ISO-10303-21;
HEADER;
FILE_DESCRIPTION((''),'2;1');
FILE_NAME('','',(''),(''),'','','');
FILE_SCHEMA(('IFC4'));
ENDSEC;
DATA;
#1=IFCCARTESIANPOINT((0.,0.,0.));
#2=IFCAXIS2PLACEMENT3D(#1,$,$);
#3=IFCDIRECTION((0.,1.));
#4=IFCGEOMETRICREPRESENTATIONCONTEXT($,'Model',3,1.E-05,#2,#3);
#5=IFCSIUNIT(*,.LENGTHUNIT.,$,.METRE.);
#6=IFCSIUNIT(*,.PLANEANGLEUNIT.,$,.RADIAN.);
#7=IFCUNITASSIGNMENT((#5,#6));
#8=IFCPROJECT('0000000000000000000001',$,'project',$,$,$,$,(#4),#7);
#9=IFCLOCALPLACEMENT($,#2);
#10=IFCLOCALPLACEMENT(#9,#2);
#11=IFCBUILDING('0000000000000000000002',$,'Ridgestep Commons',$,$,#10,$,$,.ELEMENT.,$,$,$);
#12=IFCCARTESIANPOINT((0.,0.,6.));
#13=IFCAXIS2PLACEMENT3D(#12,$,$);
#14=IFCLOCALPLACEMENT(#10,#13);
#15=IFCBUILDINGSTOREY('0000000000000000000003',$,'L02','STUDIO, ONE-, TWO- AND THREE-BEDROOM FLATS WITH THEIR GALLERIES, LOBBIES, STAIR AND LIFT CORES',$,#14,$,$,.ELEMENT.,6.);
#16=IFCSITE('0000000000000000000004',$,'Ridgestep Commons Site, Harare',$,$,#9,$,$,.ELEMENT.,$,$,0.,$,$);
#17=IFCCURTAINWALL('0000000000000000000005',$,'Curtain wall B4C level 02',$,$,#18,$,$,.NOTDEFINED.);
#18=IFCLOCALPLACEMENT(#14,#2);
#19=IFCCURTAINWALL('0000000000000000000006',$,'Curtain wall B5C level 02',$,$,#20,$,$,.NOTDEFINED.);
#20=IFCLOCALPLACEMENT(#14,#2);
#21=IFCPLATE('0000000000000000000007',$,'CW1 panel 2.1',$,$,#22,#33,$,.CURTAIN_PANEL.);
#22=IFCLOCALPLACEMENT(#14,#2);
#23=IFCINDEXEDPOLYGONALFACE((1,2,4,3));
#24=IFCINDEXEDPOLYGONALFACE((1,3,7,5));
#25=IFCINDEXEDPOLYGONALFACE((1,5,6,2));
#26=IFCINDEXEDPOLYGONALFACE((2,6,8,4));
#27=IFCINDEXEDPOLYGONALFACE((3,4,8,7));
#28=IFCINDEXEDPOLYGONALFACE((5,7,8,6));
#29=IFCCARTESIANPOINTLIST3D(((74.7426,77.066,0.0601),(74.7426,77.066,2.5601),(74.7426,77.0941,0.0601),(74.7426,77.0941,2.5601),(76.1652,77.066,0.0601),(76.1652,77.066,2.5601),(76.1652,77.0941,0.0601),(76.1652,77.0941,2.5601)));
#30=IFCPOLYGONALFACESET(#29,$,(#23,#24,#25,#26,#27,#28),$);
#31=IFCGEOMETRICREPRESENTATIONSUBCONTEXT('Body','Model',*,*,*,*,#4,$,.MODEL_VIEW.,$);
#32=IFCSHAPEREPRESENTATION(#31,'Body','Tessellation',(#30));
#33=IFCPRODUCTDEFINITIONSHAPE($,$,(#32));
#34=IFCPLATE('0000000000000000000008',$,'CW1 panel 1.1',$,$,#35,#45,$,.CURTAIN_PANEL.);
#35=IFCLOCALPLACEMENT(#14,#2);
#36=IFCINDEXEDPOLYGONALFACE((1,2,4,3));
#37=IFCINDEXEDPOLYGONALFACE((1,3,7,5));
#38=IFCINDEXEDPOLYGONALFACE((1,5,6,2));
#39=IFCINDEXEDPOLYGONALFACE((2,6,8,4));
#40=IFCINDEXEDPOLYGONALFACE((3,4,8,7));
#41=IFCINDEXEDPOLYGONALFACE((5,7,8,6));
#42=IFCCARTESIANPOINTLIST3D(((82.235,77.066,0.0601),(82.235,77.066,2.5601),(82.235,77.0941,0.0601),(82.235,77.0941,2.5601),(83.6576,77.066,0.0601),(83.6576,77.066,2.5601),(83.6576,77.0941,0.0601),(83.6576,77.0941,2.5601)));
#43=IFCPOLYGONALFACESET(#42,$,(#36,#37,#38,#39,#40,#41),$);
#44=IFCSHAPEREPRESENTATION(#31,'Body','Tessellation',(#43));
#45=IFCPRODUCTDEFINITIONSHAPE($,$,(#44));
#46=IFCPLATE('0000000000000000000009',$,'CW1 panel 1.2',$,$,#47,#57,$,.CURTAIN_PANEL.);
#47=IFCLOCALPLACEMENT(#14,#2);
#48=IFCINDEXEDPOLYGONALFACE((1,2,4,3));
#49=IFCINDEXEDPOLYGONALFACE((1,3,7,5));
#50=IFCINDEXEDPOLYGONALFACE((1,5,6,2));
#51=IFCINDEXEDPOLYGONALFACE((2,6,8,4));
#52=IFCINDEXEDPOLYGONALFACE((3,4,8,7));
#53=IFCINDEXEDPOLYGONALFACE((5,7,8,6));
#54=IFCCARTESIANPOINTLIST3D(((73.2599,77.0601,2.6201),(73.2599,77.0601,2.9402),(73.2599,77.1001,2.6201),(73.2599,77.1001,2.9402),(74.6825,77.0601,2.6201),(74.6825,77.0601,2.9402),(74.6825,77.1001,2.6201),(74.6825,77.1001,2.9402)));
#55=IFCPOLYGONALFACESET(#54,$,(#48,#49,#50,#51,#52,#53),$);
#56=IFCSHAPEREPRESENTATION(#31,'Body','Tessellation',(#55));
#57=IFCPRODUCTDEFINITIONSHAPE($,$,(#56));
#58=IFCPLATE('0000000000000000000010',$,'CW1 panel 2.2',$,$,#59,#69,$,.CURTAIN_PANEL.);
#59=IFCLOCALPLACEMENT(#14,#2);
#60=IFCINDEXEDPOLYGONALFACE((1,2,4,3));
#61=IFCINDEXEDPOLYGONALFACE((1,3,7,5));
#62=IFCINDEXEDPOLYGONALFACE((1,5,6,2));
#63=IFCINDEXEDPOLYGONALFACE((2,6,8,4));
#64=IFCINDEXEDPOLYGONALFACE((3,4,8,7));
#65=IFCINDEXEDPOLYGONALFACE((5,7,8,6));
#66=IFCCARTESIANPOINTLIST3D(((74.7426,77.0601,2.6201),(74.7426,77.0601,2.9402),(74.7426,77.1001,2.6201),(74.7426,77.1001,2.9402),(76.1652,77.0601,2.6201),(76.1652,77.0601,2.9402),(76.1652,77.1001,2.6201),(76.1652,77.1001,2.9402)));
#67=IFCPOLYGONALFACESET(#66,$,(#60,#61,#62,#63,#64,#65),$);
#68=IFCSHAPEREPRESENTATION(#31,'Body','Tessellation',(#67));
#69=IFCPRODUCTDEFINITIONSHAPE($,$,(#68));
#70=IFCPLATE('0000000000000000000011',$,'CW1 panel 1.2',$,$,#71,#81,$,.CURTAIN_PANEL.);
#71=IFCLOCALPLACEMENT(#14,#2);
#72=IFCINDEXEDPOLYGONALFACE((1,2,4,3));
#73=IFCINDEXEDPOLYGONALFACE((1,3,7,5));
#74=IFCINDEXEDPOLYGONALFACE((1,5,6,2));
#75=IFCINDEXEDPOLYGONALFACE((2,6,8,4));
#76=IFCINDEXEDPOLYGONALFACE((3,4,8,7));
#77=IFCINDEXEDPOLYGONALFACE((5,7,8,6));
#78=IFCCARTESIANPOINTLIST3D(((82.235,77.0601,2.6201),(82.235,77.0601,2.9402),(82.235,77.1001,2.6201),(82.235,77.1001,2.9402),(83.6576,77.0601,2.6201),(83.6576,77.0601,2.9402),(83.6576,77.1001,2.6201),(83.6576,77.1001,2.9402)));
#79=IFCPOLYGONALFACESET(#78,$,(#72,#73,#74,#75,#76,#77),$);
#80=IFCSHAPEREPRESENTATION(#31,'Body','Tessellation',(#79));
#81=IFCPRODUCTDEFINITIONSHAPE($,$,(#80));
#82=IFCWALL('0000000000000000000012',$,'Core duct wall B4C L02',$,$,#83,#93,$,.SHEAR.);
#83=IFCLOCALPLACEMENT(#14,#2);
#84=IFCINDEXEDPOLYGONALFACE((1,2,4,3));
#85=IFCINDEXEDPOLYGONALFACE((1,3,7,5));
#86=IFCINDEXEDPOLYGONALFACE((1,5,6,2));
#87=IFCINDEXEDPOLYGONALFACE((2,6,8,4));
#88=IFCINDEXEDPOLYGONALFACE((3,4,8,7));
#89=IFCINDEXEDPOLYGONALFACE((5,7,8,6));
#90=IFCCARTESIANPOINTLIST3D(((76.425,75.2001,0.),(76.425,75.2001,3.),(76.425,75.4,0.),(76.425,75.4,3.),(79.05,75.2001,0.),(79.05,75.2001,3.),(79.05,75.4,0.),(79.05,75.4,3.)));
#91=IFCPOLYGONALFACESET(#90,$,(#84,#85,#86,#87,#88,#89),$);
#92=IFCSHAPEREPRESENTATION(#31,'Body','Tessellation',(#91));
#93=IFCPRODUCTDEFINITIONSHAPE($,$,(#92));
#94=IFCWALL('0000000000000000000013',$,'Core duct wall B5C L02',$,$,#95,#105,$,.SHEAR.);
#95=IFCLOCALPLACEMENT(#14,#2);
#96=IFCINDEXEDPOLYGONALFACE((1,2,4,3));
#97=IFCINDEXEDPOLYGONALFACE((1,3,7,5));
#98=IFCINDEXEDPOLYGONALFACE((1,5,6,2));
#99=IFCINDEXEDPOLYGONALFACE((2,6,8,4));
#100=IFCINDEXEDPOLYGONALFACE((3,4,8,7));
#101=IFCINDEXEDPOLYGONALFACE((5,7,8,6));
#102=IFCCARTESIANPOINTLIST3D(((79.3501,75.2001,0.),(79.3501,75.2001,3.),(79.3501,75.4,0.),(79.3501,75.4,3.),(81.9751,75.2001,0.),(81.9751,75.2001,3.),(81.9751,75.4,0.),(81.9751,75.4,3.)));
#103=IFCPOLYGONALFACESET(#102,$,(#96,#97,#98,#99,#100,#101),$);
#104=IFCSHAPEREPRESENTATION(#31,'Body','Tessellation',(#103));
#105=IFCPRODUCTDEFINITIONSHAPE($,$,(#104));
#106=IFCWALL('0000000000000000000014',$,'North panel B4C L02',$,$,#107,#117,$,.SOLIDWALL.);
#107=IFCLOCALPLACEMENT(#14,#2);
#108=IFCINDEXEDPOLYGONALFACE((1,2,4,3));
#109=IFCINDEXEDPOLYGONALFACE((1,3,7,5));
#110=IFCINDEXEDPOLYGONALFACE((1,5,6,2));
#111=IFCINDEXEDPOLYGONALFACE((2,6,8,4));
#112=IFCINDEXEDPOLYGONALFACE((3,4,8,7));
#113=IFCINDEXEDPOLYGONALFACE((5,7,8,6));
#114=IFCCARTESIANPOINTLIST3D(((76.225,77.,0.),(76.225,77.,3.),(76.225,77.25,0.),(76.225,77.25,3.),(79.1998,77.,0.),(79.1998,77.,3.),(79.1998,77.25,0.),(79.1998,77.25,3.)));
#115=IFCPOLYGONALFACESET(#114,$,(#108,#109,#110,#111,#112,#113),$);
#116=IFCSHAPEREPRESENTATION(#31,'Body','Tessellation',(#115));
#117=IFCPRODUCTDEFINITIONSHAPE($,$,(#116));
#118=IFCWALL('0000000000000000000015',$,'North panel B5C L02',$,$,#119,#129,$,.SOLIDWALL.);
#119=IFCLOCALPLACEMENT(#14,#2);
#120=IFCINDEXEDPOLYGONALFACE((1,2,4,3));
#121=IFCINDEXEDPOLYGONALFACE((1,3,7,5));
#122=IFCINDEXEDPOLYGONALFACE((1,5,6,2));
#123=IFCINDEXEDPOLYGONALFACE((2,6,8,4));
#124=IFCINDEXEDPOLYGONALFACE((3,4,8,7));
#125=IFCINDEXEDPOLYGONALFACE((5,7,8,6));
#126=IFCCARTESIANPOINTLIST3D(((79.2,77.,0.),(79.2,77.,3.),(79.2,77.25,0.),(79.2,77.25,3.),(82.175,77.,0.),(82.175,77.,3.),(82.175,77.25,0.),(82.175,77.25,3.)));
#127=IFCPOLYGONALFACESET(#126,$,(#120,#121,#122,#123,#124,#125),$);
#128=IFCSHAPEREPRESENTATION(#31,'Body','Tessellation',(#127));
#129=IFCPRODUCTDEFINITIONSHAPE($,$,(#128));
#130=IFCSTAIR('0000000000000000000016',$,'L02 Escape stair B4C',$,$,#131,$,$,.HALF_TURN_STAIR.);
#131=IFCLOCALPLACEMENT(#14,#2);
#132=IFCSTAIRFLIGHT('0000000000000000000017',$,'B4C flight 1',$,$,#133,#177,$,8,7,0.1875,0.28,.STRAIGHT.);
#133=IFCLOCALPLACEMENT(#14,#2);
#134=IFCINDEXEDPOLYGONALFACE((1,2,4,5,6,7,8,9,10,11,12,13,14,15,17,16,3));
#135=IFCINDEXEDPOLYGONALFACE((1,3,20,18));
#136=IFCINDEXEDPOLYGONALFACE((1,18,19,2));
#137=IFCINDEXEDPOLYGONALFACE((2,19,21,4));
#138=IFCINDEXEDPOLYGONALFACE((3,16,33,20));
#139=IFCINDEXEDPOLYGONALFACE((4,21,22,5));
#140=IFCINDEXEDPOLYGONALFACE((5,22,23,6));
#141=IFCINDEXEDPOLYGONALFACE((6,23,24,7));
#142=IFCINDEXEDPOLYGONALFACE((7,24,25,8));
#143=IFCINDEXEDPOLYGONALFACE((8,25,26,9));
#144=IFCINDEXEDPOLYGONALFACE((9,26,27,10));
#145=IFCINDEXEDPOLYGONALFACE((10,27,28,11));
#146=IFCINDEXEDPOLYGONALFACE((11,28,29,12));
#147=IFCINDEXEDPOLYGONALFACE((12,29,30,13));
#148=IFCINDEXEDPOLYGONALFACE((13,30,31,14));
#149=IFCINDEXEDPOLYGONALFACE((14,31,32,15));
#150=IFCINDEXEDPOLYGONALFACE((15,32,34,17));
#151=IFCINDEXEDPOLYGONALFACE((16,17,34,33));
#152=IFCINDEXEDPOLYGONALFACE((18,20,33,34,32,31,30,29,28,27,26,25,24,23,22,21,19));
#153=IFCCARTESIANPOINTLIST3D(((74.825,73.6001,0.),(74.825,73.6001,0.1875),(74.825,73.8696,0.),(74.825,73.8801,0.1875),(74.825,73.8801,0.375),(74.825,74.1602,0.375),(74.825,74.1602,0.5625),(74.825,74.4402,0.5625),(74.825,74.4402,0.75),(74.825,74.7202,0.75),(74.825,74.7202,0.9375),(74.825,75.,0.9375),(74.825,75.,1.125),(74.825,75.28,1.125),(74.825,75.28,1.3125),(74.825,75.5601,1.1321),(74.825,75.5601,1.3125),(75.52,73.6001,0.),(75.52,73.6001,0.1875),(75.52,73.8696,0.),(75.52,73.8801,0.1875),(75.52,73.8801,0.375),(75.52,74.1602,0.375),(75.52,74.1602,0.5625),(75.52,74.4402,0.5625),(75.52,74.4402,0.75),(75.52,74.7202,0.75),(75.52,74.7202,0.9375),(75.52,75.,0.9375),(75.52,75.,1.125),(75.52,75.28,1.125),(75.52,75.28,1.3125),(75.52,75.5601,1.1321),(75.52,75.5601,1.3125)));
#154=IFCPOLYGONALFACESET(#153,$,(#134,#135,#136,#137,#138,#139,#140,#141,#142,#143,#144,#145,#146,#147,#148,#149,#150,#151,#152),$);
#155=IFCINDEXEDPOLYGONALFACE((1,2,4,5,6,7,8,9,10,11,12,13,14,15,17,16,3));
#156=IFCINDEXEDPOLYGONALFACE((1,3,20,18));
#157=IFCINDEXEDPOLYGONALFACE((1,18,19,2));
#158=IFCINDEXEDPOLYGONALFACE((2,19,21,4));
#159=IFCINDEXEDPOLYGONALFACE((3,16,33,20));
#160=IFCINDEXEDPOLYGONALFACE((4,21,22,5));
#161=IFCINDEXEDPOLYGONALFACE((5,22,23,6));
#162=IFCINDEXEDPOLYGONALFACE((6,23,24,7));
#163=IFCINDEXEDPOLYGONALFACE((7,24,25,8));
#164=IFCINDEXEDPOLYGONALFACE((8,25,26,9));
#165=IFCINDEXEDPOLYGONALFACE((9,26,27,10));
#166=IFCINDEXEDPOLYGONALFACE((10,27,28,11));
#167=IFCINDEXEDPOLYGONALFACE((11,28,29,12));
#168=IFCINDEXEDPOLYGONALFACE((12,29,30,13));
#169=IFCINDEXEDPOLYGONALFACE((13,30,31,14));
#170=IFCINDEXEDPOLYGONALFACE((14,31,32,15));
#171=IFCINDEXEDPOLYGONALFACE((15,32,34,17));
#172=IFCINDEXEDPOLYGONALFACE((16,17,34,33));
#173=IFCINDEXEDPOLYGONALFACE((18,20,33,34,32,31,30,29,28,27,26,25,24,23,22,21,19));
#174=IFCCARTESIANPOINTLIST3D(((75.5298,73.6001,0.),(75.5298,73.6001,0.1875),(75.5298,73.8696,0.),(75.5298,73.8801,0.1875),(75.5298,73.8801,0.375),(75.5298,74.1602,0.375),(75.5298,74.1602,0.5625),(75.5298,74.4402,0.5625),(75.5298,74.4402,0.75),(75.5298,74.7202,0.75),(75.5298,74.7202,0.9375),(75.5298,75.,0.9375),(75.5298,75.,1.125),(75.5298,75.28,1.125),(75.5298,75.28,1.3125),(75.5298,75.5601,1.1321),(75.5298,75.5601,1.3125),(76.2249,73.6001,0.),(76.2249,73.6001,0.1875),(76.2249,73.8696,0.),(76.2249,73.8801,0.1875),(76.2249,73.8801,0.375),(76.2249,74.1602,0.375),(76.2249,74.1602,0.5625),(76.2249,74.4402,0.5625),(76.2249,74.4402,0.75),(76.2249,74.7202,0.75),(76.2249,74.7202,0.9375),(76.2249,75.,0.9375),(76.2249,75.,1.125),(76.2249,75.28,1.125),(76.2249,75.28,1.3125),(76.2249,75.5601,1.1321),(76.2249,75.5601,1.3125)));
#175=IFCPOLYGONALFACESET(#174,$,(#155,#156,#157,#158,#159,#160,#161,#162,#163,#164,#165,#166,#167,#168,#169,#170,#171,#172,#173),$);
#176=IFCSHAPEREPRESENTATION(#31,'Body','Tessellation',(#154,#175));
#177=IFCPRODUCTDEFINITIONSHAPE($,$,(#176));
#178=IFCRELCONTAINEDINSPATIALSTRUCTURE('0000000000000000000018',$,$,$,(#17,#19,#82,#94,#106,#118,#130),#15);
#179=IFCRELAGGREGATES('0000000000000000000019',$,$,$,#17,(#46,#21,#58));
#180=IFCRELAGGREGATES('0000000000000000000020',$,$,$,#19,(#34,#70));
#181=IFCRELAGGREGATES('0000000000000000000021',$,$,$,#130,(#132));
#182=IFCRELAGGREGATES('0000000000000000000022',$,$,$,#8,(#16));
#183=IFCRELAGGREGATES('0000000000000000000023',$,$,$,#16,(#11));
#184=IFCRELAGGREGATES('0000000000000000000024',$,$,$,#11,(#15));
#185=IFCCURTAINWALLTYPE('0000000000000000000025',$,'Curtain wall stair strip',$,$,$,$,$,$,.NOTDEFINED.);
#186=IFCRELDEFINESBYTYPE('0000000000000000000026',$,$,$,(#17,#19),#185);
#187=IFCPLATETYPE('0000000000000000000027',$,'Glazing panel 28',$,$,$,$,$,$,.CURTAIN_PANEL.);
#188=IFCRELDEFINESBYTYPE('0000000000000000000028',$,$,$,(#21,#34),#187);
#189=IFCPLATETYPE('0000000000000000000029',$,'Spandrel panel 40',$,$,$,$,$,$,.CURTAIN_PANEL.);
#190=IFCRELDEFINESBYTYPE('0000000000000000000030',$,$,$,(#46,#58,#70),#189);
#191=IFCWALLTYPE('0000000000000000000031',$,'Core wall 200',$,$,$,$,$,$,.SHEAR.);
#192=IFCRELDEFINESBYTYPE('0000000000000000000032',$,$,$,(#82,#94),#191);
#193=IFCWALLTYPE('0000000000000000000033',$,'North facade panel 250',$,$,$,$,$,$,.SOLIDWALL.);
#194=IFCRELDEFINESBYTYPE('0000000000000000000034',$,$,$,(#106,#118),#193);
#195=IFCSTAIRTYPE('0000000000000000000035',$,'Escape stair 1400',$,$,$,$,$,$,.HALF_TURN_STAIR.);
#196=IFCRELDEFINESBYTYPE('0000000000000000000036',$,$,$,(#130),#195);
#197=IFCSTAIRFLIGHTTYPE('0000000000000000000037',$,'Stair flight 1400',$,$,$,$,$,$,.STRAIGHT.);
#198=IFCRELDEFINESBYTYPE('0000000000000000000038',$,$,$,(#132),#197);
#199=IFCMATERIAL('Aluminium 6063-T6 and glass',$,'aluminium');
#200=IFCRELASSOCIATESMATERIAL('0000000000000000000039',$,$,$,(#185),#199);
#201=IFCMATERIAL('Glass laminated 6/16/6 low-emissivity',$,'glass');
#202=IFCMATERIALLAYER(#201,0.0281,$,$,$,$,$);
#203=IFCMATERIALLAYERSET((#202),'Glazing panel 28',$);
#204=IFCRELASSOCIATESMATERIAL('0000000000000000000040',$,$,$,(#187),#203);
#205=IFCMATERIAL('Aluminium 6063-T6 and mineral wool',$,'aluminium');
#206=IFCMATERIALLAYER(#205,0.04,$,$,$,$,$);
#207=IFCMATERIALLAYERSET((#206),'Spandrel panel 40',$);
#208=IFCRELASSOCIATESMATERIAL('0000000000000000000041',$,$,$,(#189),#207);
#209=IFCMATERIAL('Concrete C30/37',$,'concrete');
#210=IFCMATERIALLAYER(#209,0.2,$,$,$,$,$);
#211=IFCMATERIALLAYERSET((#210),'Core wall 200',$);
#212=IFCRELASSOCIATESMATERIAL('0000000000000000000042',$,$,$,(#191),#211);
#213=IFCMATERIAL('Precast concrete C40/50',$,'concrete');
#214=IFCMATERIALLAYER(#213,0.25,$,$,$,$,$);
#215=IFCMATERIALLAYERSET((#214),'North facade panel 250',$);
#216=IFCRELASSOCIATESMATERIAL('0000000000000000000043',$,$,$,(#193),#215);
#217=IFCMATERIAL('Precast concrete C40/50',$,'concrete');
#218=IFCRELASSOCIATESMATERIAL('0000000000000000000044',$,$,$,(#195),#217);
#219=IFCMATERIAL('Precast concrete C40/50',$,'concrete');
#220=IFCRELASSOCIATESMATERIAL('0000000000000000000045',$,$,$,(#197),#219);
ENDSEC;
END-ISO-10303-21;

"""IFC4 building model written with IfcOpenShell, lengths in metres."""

from ifc_helpers import new_model, si_unit, direction, frame, frame_2d, origin, origin_2d, place, context, subcontext, project, spatial, polyline, rectangle, outline, extrude, material, layer, layer_set, type_object, element, aggregate, save


model = new_model("IFC4")

# Units and contexts
model_context = context("Model", 3, precision=1e-05, world=origin(), true_north=direction((0.0, 1.0)))
body_context = subcontext(model_context, "Body", "Model", "MODEL_VIEW")
ifc_project = project(units=[si_unit("LENGTHUNIT", "METRE"), si_unit("PLANEANGLEUNIT", "RADIAN")], contexts=[model_context])

# Site, building, storey
site_placement = place(None, origin())
site = spatial("IfcSite", under=ifc_project, at=site_placement, Name="Ridgestep Commons Site, Harare", CompositionType="ELEMENT", RefElevation=0.0)
building_placement = place(site_placement, origin())
building = spatial("IfcBuilding", under=site, at=building_placement, Name="Ridgestep Commons", CompositionType="ELEMENT")
storey_placement = place(building_placement, frame((0.0, 0.0, 6.0)))
storey = spatial("IfcBuildingStorey", under=building, at=storey_placement, Name="L02", Description="STUDIO, ONE-, TWO- AND THREE-BEDROOM FLATS WITH THEIR GALLERIES, LOBBIES, STAIR AND LIFT CORES", CompositionType="ELEMENT", Elevation=6.0)

# Curtain wall
ifc_material_1 = material(Name="Aluminium 6063-T6 and glass", Category="aluminium")
curtain_wall_type = type_object("IfcCurtainWallType", Name="Curtain wall stair strip", PredefinedType="NOTDEFINED", material=ifc_material_1)
curtain_wall_1_placement = place(storey_placement, origin())
curtain_wall_1 = element("IfcCurtainWall", 1, at=curtain_wall_1_placement, inside=storey, type_object=curtain_wall_type, Name="Curtain wall B4C level 02", PredefinedType="NOTDEFINED")

# Curtain wall
curtain_wall_2_placement = place(storey_placement, origin())
curtain_wall_2 = element("IfcCurtainWall", 2, at=curtain_wall_2_placement, inside=storey, type_object=curtain_wall_type, Name="Curtain wall B5C level 02", PredefinedType="NOTDEFINED")

# Plates
ifc_material_2 = material(Name="Glass laminated 6/16/6 low-emissivity", Category="glass")
ifc_layer_1 = layer(ifc_material_2, 0.0281)
ifc_layer_set_1 = layer_set([ifc_layer_1], Name="Glazing panel 28")
plate_type_1 = type_object("IfcPlateType", Name="Glazing panel 28", PredefinedType="CURTAIN_PANEL", material=ifc_layer_set_1)
plate_1_placement = place(storey_placement, frame((75.4539, 77.0801, 0.0601), z_axis=(0.0, 0.0, 1.0), x_axis=(1.0, 0.0, 0.0)))
plate_1 = element("IfcPlate", 3, at=plate_1_placement, type_object=plate_type_1, Name="CW1 panel 2.1", PredefinedType="CURTAIN_PANEL", context=body_context, shape_type="SweptSolid", body=[
    extrude(rectangle(XDim=1.4226, YDim=0.0281, at=origin_2d()), origin(), (0.0, 0.0, 1.0), 2.5),
])
plate_2_placement = place(storey_placement, frame((82.9463, 77.0801, 0.0601), z_axis=(0.0, 0.0, 1.0), x_axis=(1.0, 0.0, 0.0)))
plate_2 = element("IfcPlate", 4, at=plate_2_placement, type_object=plate_type_1, Name="CW1 panel 1.1", PredefinedType="CURTAIN_PANEL", context=body_context, shape_type="SweptSolid", body=[
    extrude(rectangle(XDim=1.4226, YDim=0.0281, at=origin_2d()), origin(), (0.0, 0.0, 1.0), 2.5),
])
ifc_material_3 = material(Name="Aluminium 6063-T6 and mineral wool", Category="aluminium")
ifc_layer_2 = layer(ifc_material_3, 0.04)
ifc_layer_set_2 = layer_set([ifc_layer_2], Name="Spandrel panel 40")
plate_type_2 = type_object("IfcPlateType", Name="Spandrel panel 40", PredefinedType="CURTAIN_PANEL", material=ifc_layer_set_2)
plate_3_placement = place(storey_placement, frame((73.9712, 77.0801, 2.6201), z_axis=(0.0, 0.0, 1.0), x_axis=(1.0, 0.0, 0.0)))
plate_3 = element("IfcPlate", 5, at=plate_3_placement, type_object=plate_type_2, Name="CW1 panel 1.2", PredefinedType="CURTAIN_PANEL", context=body_context, shape_type="SweptSolid", body=[
    extrude(rectangle(XDim=1.4226, YDim=0.04, at=origin_2d()), origin(), (0.0, 0.0, 1.0), 0.3201),
])
plate_4_placement = place(storey_placement, frame((75.4539, 77.0801, 2.6201), z_axis=(0.0, 0.0, 1.0), x_axis=(1.0, 0.0, 0.0)))
plate_4 = element("IfcPlate", 6, at=plate_4_placement, type_object=plate_type_2, Name="CW1 panel 2.2", PredefinedType="CURTAIN_PANEL", context=body_context, shape_type="SweptSolid", body=[
    extrude(rectangle(XDim=1.4226, YDim=0.04, at=origin_2d()), origin(), (0.0, 0.0, 1.0), 0.3201),
])
aggregate(curtain_wall_1, [plate_3, plate_1, plate_4])
plate_5_placement = place(storey_placement, frame((82.9463, 77.0801, 2.6201), z_axis=(0.0, 0.0, 1.0), x_axis=(1.0, 0.0, 0.0)))
plate_5 = element("IfcPlate", 7, at=plate_5_placement, type_object=plate_type_2, Name="CW1 panel 1.2", PredefinedType="CURTAIN_PANEL", context=body_context, shape_type="SweptSolid", body=[
    extrude(rectangle(XDim=1.4226, YDim=0.04, at=origin_2d()), origin(), (0.0, 0.0, 1.0), 0.3201),
])
aggregate(curtain_wall_2, [plate_2, plate_5])

# Walls
ifc_material_4 = material(Name="Concrete C30/37", Category="concrete")
ifc_layer_3 = layer(ifc_material_4, 0.2)
ifc_layer_set_3 = layer_set([ifc_layer_3], Name="Core wall 200")
wall_type_1 = type_object("IfcWallType", Name="Core wall 200", PredefinedType="SHEAR", material=ifc_layer_set_3)
for number, where, z_axis, x_axis, name in (
    (8, (76.425, 75.3, 0.0), (0.0, 0.0, 1.0), (1.0, 0.0, 0.0), "Core duct wall B4C L02"),
    (9, (79.3501, 75.3, 0.0), (0.0, 0.0, 1.0), (1.0, 0.0, 0.0), "Core duct wall B5C L02"),
):
    element("IfcWall", number, at=place(storey_placement, frame(where, z_axis=z_axis, x_axis=x_axis)), inside=storey, type_object=wall_type_1, Name=name, PredefinedType="SHEAR", context=body_context, shape_type="SweptSolid", body=[
        extrude(rectangle(XDim=2.625, YDim=0.2, at=frame_2d((1.3125, 0.0))), origin(), (0.0, 0.0, 1.0), 3.0),
    ])
ifc_material_5 = material(Name="Precast concrete C40/50", Category="concrete")
ifc_layer_4 = layer(ifc_material_5, 0.25)
ifc_layer_set_4 = layer_set([ifc_layer_4], Name="North facade panel 250")
wall_type_2 = type_object("IfcWallType", Name="North facade panel 250", PredefinedType="SOLIDWALL", material=ifc_layer_set_4)
wall_1_placement = place(storey_placement, frame((76.2251, 77.125, 0.0), z_axis=(0.0, 0.0, 1.0), x_axis=(1.0, 0.0, 0.0)))
element("IfcWall", 10, at=wall_1_placement, inside=storey, type_object=wall_type_2, Name="North panel B4C L02", PredefinedType="SOLIDWALL", context=body_context, shape_type="SweptSolid", body=[
    extrude(rectangle(XDim=2.9749, YDim=0.25, at=frame_2d((1.4873, 0.0))), origin(), (0.0, 0.0, 1.0), 3.0),
])
wall_2_placement = place(storey_placement, frame((79.2, 77.125, 0.0), z_axis=(0.0, 0.0, 1.0), x_axis=(1.0, 0.0, 0.0)))
element("IfcWall", 11, at=wall_2_placement, inside=storey, type_object=wall_type_2, Name="North panel B5C L02", PredefinedType="SOLIDWALL", context=body_context, shape_type="SweptSolid", body=[
    extrude(rectangle(XDim=2.9751, YDim=0.25, at=frame_2d((1.4875, 0.0))), origin(), (0.0, 0.0, 1.0), 3.0),
])

# Stair, stair flight
ifc_material_6 = material(Name="Precast concrete C40/50", Category="concrete")
stair_type = type_object("IfcStairType", Name="Escape stair 1400", PredefinedType="HALF_TURN_STAIR", material=ifc_material_6)
stair_1_placement = place(storey_placement, origin())
stair_1 = element("IfcStair", 12, at=stair_1_placement, inside=storey, type_object=stair_type, Name="L02 Escape stair B4C", PredefinedType="HALF_TURN_STAIR")
ifc_material_7 = material(Name="Precast concrete C40/50", Category="concrete")
stair_flight_type = type_object("IfcStairFlightType", Name="Stair flight 1400", PredefinedType="STRAIGHT", material=ifc_material_7)
stair_flight_1_placement = place(storey_placement, frame((75.5249, 73.6001, 0.0), z_axis=(0.0, 0.0, 1.0), x_axis=(0.0, 1.0, 0.0)))
stair_flight_1 = element("IfcStairFlight", 13, at=stair_flight_1_placement, type_object=stair_flight_type, Name="B4C flight 1", NumberOfRisers=8, NumberOfTreads=7, PredefinedType="STRAIGHT", RiserHeight=0.1875, TreadLength=0.28, context=body_context, shape_type="SweptSolid", body=[
    extrude(outline(polyline([(0.0, 0.0), (0.0, 0.1875), (0.28, 0.1875), (0.28, 0.375), (0.5601, 0.375), (0.5601, 0.5625), (0.8401, 0.5625), (0.8401, 0.75), (1.1201, 0.75), (1.1201, 0.9375), (1.3999, 0.9375), (1.3999, 1.125), (1.6799, 1.125), (1.6799, 1.3125), (1.96, 1.3125), (1.96, 1.5), (1.96, 1.1321), (0.2695, 0.0), (0.0, 0.0)])), frame((0.0, 0.7, 0.0), z_axis=(0.0, -1.0, 0.0), x_axis=(1.0, 0.0, 0.0)), (0.0, 0.0, 1.0), 0.6951),
    extrude(outline(polyline([(0.0, 0.0), (0.0, 0.1875), (0.28, 0.1875), (0.28, 0.375), (0.5601, 0.375), (0.5601, 0.5625), (0.8401, 0.5625), (0.8401, 0.75), (1.1201, 0.75), (1.1201, 0.9375), (1.3999, 0.9375), (1.3999, 1.125), (1.6799, 1.125), (1.6799, 1.3125), (1.96, 1.3125), (1.96, 1.5), (1.96, 1.1321), (0.2695, 0.0), (0.0, 0.0)])), frame((0.0, -0.0049, 0.0), z_axis=(0.0, -1.0, 0.0), x_axis=(1.0, 0.0, 0.0)), (0.0, 0.0, 1.0), 0.6951),
])
aggregate(stair_1, [stair_flight_1])

save(model, "model.ifc")
